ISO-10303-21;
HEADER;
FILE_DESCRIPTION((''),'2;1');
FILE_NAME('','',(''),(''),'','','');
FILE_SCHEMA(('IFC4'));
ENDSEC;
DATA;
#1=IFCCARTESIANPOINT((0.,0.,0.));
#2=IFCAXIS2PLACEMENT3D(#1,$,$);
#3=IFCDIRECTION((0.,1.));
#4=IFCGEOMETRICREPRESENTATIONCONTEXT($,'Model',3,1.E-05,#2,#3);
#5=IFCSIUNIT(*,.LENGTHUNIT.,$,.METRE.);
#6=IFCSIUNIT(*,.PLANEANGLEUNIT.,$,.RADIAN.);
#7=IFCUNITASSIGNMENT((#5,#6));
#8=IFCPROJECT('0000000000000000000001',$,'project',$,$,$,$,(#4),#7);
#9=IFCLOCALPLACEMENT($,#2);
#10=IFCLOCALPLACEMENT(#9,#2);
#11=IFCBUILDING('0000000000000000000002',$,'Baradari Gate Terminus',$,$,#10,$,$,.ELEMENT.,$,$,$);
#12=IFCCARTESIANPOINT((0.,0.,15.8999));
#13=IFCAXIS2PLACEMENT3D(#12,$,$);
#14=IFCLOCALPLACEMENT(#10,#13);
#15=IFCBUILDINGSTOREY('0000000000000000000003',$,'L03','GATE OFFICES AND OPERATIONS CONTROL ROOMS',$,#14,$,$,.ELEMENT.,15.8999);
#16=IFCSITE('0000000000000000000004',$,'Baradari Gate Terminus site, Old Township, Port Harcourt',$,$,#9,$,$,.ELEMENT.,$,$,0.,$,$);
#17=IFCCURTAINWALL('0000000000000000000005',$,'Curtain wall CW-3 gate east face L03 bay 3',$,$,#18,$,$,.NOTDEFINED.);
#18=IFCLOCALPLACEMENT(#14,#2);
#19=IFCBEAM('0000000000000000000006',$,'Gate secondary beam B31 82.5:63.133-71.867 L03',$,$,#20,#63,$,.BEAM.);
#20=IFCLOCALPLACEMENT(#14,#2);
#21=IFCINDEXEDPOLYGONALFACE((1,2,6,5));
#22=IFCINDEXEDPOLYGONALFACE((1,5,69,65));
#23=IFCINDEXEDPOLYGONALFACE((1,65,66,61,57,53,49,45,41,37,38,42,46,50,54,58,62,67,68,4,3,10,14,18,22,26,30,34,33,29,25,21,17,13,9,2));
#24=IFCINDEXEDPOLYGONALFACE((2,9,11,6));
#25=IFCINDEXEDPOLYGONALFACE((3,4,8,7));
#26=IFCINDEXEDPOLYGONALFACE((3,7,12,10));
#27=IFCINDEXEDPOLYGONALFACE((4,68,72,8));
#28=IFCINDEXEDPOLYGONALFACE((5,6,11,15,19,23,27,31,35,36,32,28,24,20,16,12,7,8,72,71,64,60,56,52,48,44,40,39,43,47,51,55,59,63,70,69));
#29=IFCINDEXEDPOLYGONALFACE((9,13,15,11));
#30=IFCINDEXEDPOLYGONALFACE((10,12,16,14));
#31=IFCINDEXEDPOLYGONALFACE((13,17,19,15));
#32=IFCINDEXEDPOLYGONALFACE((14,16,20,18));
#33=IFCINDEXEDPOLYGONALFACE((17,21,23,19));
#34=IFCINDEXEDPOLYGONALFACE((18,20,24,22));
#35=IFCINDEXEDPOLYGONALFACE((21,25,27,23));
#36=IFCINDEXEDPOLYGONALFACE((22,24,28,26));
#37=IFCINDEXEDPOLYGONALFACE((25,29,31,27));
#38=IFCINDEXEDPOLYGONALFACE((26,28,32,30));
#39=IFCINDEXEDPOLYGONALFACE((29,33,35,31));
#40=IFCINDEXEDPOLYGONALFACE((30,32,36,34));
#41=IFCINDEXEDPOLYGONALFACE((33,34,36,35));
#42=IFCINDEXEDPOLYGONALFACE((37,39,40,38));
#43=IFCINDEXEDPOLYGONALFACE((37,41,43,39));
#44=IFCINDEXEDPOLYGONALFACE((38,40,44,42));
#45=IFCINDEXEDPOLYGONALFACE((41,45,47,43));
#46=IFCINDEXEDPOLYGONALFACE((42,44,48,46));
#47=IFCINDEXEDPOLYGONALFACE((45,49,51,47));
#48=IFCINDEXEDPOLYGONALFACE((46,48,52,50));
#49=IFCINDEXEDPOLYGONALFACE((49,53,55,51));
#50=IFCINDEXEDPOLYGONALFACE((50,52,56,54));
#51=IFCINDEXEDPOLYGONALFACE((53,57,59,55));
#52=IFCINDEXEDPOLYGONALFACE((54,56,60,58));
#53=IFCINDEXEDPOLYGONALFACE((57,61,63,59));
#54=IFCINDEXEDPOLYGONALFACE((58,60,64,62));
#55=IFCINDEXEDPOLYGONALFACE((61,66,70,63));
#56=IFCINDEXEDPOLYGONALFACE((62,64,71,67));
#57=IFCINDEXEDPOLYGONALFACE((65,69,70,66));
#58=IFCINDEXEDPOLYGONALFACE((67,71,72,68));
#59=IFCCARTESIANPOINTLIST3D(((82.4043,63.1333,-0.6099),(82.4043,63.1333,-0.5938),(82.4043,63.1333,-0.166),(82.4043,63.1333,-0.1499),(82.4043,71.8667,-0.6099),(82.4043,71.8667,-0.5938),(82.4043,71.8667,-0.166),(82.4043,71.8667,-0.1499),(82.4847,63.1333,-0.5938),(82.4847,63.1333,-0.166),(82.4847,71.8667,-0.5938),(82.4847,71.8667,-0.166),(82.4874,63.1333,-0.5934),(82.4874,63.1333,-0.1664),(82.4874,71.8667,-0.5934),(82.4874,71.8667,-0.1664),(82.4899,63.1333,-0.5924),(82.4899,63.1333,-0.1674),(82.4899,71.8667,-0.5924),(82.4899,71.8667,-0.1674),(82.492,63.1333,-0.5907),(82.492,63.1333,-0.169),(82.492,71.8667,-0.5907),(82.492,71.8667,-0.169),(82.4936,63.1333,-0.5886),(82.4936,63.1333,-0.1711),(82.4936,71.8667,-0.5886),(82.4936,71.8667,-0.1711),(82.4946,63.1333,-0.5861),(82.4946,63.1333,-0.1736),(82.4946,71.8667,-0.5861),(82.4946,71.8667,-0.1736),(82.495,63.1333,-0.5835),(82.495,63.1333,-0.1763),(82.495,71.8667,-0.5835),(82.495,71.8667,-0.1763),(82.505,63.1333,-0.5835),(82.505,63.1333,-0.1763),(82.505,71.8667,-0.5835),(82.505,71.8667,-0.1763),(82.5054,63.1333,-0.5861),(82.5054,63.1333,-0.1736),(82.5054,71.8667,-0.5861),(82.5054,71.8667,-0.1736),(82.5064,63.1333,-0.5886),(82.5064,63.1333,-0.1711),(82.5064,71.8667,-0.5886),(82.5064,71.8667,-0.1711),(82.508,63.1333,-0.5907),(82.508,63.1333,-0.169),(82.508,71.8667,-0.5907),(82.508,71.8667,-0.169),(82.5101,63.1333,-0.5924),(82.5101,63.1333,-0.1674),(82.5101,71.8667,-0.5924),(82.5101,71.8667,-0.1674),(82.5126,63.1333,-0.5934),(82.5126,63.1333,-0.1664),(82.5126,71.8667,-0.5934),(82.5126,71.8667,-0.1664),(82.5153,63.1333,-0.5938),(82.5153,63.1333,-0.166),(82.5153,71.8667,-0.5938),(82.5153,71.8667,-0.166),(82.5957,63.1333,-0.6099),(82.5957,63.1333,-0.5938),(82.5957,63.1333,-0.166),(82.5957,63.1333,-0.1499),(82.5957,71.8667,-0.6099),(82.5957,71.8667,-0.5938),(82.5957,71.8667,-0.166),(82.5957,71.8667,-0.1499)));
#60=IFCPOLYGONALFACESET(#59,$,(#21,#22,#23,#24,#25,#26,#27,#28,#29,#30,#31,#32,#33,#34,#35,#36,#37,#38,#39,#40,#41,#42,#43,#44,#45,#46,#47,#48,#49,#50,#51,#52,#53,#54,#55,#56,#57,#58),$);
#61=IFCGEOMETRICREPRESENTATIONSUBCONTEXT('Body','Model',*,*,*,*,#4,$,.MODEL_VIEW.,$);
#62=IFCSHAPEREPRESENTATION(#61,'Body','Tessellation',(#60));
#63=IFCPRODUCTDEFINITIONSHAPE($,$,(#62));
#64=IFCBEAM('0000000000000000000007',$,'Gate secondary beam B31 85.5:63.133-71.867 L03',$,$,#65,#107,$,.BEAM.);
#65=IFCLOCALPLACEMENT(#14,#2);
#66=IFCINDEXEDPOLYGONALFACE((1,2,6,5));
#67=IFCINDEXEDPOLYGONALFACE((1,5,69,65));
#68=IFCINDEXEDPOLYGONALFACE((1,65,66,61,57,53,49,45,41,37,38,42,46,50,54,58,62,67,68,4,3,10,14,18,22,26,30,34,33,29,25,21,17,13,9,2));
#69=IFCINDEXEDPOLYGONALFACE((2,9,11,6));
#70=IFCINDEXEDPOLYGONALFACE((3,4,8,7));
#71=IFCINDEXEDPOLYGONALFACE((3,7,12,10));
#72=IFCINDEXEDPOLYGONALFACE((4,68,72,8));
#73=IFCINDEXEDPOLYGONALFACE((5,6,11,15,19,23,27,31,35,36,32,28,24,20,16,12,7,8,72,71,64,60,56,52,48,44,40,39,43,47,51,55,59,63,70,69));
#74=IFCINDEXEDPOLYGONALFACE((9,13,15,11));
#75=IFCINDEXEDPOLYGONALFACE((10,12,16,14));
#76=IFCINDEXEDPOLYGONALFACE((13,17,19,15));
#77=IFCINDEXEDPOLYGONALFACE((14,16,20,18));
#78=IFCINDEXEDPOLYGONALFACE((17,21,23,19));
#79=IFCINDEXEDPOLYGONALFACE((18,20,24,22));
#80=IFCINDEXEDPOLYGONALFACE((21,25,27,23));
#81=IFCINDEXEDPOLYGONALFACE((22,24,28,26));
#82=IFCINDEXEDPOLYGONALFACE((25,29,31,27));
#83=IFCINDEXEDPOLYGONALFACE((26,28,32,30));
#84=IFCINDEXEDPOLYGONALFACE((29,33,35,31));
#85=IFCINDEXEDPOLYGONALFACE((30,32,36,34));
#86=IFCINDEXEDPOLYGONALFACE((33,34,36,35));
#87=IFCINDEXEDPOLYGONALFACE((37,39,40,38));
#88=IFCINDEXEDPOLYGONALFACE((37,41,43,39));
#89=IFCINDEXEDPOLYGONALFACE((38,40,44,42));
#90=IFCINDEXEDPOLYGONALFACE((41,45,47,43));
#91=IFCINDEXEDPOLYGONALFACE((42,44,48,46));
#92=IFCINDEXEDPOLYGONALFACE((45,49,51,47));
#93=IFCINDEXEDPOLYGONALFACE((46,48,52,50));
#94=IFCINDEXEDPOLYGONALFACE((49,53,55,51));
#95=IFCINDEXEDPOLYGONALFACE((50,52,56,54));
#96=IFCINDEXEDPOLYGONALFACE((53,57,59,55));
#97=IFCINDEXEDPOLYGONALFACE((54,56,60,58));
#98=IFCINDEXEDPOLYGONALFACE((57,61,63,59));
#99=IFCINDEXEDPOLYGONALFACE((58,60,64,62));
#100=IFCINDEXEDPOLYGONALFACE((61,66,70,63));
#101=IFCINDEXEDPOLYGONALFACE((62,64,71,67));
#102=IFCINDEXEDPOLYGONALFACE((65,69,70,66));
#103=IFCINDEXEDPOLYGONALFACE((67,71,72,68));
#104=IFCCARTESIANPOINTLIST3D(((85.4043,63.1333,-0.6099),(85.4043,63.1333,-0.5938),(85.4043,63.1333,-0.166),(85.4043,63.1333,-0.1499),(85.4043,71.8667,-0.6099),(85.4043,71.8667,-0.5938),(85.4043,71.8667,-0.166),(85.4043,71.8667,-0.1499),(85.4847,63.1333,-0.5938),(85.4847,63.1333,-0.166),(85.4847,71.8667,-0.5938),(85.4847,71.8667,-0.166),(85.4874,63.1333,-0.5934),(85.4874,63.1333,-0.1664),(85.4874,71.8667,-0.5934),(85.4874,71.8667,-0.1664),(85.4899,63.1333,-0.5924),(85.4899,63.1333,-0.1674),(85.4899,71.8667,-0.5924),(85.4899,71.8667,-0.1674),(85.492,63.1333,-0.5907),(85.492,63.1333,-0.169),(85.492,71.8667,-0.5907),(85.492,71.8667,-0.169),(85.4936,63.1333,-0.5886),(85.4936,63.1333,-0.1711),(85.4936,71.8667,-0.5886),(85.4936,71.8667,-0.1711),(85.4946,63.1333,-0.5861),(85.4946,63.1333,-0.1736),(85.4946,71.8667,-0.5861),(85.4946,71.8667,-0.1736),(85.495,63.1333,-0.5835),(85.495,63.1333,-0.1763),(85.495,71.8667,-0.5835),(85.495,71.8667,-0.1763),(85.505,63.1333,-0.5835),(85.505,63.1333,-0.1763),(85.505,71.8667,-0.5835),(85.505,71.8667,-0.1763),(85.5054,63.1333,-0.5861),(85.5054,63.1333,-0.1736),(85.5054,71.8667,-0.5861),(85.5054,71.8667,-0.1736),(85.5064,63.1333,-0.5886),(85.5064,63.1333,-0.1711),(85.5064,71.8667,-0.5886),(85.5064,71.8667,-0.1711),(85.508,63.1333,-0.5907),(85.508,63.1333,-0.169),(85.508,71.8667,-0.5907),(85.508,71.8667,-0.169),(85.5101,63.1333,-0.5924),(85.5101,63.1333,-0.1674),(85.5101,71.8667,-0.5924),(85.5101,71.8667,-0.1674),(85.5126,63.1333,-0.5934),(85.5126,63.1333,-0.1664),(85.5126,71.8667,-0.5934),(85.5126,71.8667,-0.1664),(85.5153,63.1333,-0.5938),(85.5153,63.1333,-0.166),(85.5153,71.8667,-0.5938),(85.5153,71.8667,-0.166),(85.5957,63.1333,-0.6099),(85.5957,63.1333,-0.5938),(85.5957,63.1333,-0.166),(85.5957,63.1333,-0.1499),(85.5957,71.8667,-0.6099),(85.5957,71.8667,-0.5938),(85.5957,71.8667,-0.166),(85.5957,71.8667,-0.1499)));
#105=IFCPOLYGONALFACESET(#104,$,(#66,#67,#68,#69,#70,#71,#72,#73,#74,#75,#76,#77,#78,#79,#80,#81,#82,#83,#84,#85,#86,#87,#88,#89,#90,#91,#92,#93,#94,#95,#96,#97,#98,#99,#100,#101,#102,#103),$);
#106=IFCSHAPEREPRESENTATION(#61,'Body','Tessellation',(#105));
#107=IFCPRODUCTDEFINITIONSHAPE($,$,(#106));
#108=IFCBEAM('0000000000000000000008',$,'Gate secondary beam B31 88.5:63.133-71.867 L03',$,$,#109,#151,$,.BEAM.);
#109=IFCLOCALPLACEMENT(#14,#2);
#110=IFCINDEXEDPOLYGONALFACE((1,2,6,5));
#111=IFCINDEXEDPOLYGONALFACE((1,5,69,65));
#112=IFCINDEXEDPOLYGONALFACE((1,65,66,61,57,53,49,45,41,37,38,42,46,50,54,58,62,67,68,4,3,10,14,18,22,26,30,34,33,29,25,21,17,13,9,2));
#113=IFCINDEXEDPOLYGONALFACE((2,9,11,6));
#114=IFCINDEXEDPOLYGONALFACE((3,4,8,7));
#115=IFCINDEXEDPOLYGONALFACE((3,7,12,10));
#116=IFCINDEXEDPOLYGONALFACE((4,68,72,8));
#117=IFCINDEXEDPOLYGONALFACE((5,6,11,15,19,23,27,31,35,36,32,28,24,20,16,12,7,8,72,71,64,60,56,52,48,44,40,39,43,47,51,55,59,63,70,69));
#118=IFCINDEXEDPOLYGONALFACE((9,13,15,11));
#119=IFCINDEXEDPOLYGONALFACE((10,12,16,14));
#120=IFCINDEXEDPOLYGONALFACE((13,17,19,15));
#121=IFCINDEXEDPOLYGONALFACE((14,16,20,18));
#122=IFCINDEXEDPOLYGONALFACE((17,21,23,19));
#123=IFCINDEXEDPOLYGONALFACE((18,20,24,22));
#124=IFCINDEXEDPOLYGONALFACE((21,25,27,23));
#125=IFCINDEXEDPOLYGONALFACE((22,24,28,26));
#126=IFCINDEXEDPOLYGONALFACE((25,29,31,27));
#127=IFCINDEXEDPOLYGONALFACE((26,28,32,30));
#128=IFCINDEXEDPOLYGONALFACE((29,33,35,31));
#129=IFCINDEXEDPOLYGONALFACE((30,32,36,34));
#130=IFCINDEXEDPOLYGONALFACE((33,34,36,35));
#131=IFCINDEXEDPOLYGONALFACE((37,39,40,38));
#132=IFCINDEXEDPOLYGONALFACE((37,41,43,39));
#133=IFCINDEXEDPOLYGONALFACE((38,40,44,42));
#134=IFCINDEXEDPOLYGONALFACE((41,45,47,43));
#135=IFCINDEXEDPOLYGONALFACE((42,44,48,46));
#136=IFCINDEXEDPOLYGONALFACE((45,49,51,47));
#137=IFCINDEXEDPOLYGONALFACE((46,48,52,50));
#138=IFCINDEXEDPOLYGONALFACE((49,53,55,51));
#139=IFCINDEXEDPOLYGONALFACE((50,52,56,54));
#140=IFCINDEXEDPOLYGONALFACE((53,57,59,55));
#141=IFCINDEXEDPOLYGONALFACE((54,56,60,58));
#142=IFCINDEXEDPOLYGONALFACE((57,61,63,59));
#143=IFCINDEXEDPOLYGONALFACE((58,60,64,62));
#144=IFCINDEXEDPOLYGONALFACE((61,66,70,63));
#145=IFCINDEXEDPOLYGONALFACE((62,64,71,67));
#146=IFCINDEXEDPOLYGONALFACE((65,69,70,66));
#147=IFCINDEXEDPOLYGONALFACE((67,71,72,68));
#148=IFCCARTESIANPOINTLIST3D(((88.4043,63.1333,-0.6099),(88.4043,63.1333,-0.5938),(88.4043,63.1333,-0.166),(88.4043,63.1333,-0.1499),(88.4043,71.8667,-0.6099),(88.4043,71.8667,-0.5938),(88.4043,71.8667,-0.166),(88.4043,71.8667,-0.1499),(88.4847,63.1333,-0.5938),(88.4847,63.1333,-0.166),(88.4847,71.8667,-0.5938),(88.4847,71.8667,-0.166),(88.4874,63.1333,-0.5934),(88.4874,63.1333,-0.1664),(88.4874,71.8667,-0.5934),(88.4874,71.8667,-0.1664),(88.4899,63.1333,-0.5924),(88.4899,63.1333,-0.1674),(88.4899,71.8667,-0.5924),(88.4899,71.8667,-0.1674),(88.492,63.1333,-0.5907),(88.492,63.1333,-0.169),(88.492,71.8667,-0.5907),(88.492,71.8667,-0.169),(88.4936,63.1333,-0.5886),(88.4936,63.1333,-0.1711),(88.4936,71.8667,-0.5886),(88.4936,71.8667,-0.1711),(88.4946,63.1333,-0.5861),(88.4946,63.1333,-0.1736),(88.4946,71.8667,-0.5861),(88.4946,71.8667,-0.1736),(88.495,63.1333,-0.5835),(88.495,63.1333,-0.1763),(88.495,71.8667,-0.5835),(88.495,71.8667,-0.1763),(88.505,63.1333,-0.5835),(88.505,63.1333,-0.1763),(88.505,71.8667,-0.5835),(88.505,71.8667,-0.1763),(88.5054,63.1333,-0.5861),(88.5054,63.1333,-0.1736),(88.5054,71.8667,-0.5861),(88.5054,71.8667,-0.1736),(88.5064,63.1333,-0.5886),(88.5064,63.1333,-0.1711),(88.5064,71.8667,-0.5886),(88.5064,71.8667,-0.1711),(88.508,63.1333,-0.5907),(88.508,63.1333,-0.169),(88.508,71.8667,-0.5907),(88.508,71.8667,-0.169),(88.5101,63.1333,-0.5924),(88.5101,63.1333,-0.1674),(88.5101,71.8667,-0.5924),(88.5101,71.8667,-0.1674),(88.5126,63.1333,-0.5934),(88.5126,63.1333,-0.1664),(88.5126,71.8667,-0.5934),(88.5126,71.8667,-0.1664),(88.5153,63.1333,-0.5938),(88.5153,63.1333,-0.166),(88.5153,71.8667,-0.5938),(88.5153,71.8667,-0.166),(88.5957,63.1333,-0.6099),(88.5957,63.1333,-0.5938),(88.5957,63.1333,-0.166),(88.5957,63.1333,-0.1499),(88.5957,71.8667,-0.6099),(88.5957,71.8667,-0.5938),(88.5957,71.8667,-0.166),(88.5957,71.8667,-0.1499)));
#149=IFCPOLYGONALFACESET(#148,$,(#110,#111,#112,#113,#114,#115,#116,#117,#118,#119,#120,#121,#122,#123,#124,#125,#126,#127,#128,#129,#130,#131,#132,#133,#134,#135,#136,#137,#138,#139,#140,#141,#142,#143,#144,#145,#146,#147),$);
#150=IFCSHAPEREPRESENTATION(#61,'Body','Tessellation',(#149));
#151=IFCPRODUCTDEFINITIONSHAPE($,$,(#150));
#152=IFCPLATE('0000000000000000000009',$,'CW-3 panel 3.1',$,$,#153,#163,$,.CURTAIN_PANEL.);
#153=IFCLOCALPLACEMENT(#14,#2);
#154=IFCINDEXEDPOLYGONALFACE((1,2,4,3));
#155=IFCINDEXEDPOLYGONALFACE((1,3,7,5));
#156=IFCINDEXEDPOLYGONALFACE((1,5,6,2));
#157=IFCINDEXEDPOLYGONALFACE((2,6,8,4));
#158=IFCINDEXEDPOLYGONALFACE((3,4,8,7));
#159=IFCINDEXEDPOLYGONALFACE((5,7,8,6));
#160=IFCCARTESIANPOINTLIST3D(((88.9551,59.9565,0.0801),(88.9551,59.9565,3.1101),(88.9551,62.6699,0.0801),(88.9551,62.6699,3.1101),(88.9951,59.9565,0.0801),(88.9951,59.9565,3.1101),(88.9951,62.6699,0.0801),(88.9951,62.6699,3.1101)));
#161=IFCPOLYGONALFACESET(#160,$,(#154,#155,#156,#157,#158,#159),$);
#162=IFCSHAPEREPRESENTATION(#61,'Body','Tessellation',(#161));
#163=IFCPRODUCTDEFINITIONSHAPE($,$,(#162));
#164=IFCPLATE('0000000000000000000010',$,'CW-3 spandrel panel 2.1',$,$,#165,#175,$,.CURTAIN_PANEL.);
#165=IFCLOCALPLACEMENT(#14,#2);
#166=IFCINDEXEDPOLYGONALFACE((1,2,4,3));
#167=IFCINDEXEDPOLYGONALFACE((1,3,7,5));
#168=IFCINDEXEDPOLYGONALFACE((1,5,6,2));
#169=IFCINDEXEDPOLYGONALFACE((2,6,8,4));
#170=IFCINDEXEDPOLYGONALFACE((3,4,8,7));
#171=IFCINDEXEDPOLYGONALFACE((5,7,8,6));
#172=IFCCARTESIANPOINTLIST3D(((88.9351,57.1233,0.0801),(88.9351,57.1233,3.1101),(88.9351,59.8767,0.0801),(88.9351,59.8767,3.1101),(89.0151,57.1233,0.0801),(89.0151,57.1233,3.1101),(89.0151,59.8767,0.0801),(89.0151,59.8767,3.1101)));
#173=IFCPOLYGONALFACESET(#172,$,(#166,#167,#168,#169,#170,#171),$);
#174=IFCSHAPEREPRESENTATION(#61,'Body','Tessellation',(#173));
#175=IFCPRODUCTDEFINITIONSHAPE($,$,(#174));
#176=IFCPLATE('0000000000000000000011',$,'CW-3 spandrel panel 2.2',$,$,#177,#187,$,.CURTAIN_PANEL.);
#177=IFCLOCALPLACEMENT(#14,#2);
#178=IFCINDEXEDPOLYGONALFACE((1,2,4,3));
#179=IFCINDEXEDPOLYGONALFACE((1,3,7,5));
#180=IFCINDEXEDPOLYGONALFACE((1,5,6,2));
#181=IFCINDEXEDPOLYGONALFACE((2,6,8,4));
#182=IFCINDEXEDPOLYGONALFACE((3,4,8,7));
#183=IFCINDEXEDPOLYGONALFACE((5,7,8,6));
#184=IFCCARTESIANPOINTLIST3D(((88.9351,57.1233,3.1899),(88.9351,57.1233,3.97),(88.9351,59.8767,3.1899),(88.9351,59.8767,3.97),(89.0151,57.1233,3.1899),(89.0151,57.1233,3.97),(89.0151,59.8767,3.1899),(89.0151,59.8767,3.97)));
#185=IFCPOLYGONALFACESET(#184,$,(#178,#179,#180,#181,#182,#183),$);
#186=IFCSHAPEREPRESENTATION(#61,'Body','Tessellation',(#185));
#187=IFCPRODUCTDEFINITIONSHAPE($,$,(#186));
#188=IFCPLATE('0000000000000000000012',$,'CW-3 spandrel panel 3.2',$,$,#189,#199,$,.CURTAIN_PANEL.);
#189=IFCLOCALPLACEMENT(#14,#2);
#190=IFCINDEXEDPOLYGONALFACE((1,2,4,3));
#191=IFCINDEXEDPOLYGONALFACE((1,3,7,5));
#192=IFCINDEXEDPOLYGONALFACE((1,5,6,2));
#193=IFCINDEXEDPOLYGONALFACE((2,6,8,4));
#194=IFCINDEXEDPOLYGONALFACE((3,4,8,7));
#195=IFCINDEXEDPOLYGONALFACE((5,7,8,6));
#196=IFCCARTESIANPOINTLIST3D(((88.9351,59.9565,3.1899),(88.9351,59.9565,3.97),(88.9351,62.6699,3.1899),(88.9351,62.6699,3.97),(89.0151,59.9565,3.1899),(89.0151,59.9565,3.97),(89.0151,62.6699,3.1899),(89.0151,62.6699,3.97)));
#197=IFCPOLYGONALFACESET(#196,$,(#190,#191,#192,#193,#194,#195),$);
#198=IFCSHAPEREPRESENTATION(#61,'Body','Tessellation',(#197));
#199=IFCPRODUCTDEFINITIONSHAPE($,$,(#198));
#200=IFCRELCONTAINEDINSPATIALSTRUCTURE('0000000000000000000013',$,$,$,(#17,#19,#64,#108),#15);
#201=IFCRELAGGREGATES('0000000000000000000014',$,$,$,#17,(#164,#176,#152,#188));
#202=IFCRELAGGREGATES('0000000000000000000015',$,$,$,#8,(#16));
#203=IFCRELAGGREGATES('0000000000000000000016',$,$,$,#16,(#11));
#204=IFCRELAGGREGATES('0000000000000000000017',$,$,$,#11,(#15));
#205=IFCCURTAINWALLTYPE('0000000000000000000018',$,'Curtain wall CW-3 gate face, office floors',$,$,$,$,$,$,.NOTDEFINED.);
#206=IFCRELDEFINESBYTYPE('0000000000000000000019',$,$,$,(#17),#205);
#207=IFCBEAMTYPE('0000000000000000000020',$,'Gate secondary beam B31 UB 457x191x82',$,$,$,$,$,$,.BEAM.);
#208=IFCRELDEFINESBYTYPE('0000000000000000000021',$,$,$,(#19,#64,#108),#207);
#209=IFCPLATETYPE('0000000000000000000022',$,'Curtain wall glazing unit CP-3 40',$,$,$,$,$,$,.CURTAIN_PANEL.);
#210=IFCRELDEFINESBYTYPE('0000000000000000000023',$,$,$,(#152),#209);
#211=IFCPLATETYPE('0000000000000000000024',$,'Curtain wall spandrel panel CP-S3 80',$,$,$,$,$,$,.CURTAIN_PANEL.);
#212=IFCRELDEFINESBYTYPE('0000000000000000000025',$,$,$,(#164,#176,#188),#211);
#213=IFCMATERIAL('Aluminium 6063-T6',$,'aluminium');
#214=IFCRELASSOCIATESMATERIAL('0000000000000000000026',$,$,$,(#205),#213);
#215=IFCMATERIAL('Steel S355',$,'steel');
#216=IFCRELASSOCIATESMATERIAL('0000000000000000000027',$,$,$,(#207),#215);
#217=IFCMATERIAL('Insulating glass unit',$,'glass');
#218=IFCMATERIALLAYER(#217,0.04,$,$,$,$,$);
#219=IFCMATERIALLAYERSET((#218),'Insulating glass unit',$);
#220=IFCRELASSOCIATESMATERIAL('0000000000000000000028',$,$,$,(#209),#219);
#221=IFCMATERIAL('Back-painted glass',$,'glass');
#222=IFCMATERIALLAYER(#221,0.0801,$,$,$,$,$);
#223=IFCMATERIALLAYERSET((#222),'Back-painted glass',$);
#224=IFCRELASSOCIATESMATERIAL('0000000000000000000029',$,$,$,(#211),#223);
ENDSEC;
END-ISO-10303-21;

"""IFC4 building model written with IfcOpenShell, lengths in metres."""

from ifc_helpers import new_model, si_unit, direction, frame, origin, origin_2d, place, context, subcontext, project, spatial, rectangle, i_section, extrude, material, layer, layer_set, material_profile, profile_set, type_object, element, aggregate, save


model = new_model("IFC4")

# Units and contexts
model_context = context("Model", 3, precision=1e-05, world=origin(), true_north=direction((0.0, 1.0)))
body_context = subcontext(model_context, "Body", "Model", "MODEL_VIEW")
ifc_project = project(units=[si_unit("LENGTHUNIT", "METRE"), si_unit("PLANEANGLEUNIT", "RADIAN")], contexts=[model_context])

# Site, building, storey
site_placement = place(None, origin())
site = spatial("IfcSite", under=ifc_project, at=site_placement, Name="Baradari Gate Terminus site, Old Township, Port Harcourt", CompositionType="ELEMENT", RefElevation=0.0)
building_placement = place(site_placement, origin())
building = spatial("IfcBuilding", under=site, at=building_placement, Name="Baradari Gate Terminus", CompositionType="ELEMENT")
storey_placement = place(building_placement, frame((0.0, 0.0, 15.8999)))
storey = spatial("IfcBuildingStorey", under=building, at=storey_placement, Name="L03", Description="GATE OFFICES AND OPERATIONS CONTROL ROOMS", CompositionType="ELEMENT", Elevation=15.8999)

# Curtain wall
ifc_material_1 = material(Name="Aluminium 6063-T6", Category="aluminium")
curtain_wall_type = type_object("IfcCurtainWallType", Name="Curtain wall CW-3 gate face, office floors", PredefinedType="NOTDEFINED", material=ifc_material_1)
curtain_wall_1_placement = place(storey_placement, origin())
curtain_wall_1 = element("IfcCurtainWall", 1, at=curtain_wall_1_placement, inside=storey, type_object=curtain_wall_type, Name="Curtain wall CW-3 gate east face L03 bay 3", PredefinedType="NOTDEFINED")

# Beams
ifc_material_2 = material(Name="Steel S355", Category="steel")
ifc_material_profile_1 = material_profile(ifc_material_2, i_section(OverallWidth=0.1914, OverallDepth=0.46, WebThickness=0.01, FlangeThickness=0.0161, FilletRadius=0.0103, at=origin_2d()), Name="UB 457x191x82")
ifc_profile_set_1 = profile_set([ifc_material_profile_1], Name="Steel S355")
beam_type = type_object("IfcBeamType", Name="Gate secondary beam B31 UB 457x191x82", PredefinedType="BEAM", material=ifc_profile_set_1)
for number, where, z_axis, x_axis, name in (
    (2, (82.5, 63.1333, -0.3799), (0.0, 1.0, 0.0), (-1.0, 0.0, 0.0), "Gate secondary beam B31 82.5:63.133-71.867 L03"),
    (3, (85.5, 63.1333, -0.3799), (0.0, 1.0, 0.0), (-1.0, 0.0, 0.0), "Gate secondary beam B31 85.5:63.133-71.867 L03"),
    (4, (88.5, 63.1333, -0.3799), (0.0, 1.0, 0.0), (-1.0, 0.0, 0.0), "Gate secondary beam B31 88.5:63.133-71.867 L03"),
):
    element("IfcBeam", number, at=place(storey_placement, frame(where, z_axis=z_axis, x_axis=x_axis)), inside=storey, type_object=beam_type, Name=name, PredefinedType="BEAM", context=body_context, shape_type="SweptSolid", body=[
        extrude(i_section(OverallWidth=0.1914, OverallDepth=0.46, WebThickness=0.01, FlangeThickness=0.0161, FilletRadius=0.0103, at=origin_2d()), origin(), (0.0, 0.0, 1.0), 8.7334),
    ])

# Plates
ifc_material_3 = material(Name="Insulating glass unit", Category="glass")
ifc_layer_1 = layer(ifc_material_3, 0.04)
ifc_layer_set_1 = layer_set([ifc_layer_1], Name="Insulating glass unit")
plate_type_1 = type_object("IfcPlateType", Name="Curtain wall glazing unit CP-3 40", PredefinedType="CURTAIN_PANEL", material=ifc_layer_set_1)
plate_1_placement = place(storey_placement, frame((88.9751, 61.3132, 0.0801), z_axis=(0.0, 0.0, 1.0), x_axis=(0.0, 1.0, 0.0)))
plate_1 = element("IfcPlate", 5, at=plate_1_placement, type_object=plate_type_1, Name="CW-3 panel 3.1", PredefinedType="CURTAIN_PANEL", context=body_context, shape_type="SweptSolid", body=[
    extrude(rectangle(XDim=2.7134, YDim=0.04, at=origin_2d()), origin(), (0.0, 0.0, 1.0), 3.03),
])
ifc_material_4 = material(Name="Back-painted glass", Category="glass")
ifc_layer_2 = layer(ifc_material_4, 0.0801)
ifc_layer_set_2 = layer_set([ifc_layer_2], Name="Back-painted glass")
plate_type_2 = type_object("IfcPlateType", Name="Curtain wall spandrel panel CP-S3 80", PredefinedType="CURTAIN_PANEL", material=ifc_layer_set_2)
plate_2_placement = place(storey_placement, frame((88.9751, 58.5, 0.0801), z_axis=(0.0, 0.0, 1.0), x_axis=(0.0, 1.0, 0.0)))
plate_2 = element("IfcPlate", 6, at=plate_2_placement, type_object=plate_type_2, Name="CW-3 spandrel panel 2.1", PredefinedType="CURTAIN_PANEL", context=body_context, shape_type="SweptSolid", body=[
    extrude(rectangle(XDim=2.7534, YDim=0.0801, at=origin_2d()), origin(), (0.0, 0.0, 1.0), 3.03),
])
plate_3_placement = place(storey_placement, frame((88.9751, 58.5, 3.1899), z_axis=(0.0, 0.0, 1.0), x_axis=(0.0, 1.0, 0.0)))
plate_3 = element("IfcPlate", 7, at=plate_3_placement, type_object=plate_type_2, Name="CW-3 spandrel panel 2.2", PredefinedType="CURTAIN_PANEL", context=body_context, shape_type="SweptSolid", body=[
    extrude(rectangle(XDim=2.7534, YDim=0.0801, at=origin_2d()), origin(), (0.0, 0.0, 1.0), 0.78),
])
plate_4_placement = place(storey_placement, frame((88.9751, 61.3132, 3.1899), z_axis=(0.0, 0.0, 1.0), x_axis=(0.0, 1.0, 0.0)))
plate_4 = element("IfcPlate", 8, at=plate_4_placement, type_object=plate_type_2, Name="CW-3 spandrel panel 3.2", PredefinedType="CURTAIN_PANEL", context=body_context, shape_type="SweptSolid", body=[
    extrude(rectangle(XDim=2.7134, YDim=0.0801, at=origin_2d()), origin(), (0.0, 0.0, 1.0), 0.78),
])
aggregate(curtain_wall_1, [plate_2, plate_3, plate_1, plate_4])

save(model, "model.ifc")
